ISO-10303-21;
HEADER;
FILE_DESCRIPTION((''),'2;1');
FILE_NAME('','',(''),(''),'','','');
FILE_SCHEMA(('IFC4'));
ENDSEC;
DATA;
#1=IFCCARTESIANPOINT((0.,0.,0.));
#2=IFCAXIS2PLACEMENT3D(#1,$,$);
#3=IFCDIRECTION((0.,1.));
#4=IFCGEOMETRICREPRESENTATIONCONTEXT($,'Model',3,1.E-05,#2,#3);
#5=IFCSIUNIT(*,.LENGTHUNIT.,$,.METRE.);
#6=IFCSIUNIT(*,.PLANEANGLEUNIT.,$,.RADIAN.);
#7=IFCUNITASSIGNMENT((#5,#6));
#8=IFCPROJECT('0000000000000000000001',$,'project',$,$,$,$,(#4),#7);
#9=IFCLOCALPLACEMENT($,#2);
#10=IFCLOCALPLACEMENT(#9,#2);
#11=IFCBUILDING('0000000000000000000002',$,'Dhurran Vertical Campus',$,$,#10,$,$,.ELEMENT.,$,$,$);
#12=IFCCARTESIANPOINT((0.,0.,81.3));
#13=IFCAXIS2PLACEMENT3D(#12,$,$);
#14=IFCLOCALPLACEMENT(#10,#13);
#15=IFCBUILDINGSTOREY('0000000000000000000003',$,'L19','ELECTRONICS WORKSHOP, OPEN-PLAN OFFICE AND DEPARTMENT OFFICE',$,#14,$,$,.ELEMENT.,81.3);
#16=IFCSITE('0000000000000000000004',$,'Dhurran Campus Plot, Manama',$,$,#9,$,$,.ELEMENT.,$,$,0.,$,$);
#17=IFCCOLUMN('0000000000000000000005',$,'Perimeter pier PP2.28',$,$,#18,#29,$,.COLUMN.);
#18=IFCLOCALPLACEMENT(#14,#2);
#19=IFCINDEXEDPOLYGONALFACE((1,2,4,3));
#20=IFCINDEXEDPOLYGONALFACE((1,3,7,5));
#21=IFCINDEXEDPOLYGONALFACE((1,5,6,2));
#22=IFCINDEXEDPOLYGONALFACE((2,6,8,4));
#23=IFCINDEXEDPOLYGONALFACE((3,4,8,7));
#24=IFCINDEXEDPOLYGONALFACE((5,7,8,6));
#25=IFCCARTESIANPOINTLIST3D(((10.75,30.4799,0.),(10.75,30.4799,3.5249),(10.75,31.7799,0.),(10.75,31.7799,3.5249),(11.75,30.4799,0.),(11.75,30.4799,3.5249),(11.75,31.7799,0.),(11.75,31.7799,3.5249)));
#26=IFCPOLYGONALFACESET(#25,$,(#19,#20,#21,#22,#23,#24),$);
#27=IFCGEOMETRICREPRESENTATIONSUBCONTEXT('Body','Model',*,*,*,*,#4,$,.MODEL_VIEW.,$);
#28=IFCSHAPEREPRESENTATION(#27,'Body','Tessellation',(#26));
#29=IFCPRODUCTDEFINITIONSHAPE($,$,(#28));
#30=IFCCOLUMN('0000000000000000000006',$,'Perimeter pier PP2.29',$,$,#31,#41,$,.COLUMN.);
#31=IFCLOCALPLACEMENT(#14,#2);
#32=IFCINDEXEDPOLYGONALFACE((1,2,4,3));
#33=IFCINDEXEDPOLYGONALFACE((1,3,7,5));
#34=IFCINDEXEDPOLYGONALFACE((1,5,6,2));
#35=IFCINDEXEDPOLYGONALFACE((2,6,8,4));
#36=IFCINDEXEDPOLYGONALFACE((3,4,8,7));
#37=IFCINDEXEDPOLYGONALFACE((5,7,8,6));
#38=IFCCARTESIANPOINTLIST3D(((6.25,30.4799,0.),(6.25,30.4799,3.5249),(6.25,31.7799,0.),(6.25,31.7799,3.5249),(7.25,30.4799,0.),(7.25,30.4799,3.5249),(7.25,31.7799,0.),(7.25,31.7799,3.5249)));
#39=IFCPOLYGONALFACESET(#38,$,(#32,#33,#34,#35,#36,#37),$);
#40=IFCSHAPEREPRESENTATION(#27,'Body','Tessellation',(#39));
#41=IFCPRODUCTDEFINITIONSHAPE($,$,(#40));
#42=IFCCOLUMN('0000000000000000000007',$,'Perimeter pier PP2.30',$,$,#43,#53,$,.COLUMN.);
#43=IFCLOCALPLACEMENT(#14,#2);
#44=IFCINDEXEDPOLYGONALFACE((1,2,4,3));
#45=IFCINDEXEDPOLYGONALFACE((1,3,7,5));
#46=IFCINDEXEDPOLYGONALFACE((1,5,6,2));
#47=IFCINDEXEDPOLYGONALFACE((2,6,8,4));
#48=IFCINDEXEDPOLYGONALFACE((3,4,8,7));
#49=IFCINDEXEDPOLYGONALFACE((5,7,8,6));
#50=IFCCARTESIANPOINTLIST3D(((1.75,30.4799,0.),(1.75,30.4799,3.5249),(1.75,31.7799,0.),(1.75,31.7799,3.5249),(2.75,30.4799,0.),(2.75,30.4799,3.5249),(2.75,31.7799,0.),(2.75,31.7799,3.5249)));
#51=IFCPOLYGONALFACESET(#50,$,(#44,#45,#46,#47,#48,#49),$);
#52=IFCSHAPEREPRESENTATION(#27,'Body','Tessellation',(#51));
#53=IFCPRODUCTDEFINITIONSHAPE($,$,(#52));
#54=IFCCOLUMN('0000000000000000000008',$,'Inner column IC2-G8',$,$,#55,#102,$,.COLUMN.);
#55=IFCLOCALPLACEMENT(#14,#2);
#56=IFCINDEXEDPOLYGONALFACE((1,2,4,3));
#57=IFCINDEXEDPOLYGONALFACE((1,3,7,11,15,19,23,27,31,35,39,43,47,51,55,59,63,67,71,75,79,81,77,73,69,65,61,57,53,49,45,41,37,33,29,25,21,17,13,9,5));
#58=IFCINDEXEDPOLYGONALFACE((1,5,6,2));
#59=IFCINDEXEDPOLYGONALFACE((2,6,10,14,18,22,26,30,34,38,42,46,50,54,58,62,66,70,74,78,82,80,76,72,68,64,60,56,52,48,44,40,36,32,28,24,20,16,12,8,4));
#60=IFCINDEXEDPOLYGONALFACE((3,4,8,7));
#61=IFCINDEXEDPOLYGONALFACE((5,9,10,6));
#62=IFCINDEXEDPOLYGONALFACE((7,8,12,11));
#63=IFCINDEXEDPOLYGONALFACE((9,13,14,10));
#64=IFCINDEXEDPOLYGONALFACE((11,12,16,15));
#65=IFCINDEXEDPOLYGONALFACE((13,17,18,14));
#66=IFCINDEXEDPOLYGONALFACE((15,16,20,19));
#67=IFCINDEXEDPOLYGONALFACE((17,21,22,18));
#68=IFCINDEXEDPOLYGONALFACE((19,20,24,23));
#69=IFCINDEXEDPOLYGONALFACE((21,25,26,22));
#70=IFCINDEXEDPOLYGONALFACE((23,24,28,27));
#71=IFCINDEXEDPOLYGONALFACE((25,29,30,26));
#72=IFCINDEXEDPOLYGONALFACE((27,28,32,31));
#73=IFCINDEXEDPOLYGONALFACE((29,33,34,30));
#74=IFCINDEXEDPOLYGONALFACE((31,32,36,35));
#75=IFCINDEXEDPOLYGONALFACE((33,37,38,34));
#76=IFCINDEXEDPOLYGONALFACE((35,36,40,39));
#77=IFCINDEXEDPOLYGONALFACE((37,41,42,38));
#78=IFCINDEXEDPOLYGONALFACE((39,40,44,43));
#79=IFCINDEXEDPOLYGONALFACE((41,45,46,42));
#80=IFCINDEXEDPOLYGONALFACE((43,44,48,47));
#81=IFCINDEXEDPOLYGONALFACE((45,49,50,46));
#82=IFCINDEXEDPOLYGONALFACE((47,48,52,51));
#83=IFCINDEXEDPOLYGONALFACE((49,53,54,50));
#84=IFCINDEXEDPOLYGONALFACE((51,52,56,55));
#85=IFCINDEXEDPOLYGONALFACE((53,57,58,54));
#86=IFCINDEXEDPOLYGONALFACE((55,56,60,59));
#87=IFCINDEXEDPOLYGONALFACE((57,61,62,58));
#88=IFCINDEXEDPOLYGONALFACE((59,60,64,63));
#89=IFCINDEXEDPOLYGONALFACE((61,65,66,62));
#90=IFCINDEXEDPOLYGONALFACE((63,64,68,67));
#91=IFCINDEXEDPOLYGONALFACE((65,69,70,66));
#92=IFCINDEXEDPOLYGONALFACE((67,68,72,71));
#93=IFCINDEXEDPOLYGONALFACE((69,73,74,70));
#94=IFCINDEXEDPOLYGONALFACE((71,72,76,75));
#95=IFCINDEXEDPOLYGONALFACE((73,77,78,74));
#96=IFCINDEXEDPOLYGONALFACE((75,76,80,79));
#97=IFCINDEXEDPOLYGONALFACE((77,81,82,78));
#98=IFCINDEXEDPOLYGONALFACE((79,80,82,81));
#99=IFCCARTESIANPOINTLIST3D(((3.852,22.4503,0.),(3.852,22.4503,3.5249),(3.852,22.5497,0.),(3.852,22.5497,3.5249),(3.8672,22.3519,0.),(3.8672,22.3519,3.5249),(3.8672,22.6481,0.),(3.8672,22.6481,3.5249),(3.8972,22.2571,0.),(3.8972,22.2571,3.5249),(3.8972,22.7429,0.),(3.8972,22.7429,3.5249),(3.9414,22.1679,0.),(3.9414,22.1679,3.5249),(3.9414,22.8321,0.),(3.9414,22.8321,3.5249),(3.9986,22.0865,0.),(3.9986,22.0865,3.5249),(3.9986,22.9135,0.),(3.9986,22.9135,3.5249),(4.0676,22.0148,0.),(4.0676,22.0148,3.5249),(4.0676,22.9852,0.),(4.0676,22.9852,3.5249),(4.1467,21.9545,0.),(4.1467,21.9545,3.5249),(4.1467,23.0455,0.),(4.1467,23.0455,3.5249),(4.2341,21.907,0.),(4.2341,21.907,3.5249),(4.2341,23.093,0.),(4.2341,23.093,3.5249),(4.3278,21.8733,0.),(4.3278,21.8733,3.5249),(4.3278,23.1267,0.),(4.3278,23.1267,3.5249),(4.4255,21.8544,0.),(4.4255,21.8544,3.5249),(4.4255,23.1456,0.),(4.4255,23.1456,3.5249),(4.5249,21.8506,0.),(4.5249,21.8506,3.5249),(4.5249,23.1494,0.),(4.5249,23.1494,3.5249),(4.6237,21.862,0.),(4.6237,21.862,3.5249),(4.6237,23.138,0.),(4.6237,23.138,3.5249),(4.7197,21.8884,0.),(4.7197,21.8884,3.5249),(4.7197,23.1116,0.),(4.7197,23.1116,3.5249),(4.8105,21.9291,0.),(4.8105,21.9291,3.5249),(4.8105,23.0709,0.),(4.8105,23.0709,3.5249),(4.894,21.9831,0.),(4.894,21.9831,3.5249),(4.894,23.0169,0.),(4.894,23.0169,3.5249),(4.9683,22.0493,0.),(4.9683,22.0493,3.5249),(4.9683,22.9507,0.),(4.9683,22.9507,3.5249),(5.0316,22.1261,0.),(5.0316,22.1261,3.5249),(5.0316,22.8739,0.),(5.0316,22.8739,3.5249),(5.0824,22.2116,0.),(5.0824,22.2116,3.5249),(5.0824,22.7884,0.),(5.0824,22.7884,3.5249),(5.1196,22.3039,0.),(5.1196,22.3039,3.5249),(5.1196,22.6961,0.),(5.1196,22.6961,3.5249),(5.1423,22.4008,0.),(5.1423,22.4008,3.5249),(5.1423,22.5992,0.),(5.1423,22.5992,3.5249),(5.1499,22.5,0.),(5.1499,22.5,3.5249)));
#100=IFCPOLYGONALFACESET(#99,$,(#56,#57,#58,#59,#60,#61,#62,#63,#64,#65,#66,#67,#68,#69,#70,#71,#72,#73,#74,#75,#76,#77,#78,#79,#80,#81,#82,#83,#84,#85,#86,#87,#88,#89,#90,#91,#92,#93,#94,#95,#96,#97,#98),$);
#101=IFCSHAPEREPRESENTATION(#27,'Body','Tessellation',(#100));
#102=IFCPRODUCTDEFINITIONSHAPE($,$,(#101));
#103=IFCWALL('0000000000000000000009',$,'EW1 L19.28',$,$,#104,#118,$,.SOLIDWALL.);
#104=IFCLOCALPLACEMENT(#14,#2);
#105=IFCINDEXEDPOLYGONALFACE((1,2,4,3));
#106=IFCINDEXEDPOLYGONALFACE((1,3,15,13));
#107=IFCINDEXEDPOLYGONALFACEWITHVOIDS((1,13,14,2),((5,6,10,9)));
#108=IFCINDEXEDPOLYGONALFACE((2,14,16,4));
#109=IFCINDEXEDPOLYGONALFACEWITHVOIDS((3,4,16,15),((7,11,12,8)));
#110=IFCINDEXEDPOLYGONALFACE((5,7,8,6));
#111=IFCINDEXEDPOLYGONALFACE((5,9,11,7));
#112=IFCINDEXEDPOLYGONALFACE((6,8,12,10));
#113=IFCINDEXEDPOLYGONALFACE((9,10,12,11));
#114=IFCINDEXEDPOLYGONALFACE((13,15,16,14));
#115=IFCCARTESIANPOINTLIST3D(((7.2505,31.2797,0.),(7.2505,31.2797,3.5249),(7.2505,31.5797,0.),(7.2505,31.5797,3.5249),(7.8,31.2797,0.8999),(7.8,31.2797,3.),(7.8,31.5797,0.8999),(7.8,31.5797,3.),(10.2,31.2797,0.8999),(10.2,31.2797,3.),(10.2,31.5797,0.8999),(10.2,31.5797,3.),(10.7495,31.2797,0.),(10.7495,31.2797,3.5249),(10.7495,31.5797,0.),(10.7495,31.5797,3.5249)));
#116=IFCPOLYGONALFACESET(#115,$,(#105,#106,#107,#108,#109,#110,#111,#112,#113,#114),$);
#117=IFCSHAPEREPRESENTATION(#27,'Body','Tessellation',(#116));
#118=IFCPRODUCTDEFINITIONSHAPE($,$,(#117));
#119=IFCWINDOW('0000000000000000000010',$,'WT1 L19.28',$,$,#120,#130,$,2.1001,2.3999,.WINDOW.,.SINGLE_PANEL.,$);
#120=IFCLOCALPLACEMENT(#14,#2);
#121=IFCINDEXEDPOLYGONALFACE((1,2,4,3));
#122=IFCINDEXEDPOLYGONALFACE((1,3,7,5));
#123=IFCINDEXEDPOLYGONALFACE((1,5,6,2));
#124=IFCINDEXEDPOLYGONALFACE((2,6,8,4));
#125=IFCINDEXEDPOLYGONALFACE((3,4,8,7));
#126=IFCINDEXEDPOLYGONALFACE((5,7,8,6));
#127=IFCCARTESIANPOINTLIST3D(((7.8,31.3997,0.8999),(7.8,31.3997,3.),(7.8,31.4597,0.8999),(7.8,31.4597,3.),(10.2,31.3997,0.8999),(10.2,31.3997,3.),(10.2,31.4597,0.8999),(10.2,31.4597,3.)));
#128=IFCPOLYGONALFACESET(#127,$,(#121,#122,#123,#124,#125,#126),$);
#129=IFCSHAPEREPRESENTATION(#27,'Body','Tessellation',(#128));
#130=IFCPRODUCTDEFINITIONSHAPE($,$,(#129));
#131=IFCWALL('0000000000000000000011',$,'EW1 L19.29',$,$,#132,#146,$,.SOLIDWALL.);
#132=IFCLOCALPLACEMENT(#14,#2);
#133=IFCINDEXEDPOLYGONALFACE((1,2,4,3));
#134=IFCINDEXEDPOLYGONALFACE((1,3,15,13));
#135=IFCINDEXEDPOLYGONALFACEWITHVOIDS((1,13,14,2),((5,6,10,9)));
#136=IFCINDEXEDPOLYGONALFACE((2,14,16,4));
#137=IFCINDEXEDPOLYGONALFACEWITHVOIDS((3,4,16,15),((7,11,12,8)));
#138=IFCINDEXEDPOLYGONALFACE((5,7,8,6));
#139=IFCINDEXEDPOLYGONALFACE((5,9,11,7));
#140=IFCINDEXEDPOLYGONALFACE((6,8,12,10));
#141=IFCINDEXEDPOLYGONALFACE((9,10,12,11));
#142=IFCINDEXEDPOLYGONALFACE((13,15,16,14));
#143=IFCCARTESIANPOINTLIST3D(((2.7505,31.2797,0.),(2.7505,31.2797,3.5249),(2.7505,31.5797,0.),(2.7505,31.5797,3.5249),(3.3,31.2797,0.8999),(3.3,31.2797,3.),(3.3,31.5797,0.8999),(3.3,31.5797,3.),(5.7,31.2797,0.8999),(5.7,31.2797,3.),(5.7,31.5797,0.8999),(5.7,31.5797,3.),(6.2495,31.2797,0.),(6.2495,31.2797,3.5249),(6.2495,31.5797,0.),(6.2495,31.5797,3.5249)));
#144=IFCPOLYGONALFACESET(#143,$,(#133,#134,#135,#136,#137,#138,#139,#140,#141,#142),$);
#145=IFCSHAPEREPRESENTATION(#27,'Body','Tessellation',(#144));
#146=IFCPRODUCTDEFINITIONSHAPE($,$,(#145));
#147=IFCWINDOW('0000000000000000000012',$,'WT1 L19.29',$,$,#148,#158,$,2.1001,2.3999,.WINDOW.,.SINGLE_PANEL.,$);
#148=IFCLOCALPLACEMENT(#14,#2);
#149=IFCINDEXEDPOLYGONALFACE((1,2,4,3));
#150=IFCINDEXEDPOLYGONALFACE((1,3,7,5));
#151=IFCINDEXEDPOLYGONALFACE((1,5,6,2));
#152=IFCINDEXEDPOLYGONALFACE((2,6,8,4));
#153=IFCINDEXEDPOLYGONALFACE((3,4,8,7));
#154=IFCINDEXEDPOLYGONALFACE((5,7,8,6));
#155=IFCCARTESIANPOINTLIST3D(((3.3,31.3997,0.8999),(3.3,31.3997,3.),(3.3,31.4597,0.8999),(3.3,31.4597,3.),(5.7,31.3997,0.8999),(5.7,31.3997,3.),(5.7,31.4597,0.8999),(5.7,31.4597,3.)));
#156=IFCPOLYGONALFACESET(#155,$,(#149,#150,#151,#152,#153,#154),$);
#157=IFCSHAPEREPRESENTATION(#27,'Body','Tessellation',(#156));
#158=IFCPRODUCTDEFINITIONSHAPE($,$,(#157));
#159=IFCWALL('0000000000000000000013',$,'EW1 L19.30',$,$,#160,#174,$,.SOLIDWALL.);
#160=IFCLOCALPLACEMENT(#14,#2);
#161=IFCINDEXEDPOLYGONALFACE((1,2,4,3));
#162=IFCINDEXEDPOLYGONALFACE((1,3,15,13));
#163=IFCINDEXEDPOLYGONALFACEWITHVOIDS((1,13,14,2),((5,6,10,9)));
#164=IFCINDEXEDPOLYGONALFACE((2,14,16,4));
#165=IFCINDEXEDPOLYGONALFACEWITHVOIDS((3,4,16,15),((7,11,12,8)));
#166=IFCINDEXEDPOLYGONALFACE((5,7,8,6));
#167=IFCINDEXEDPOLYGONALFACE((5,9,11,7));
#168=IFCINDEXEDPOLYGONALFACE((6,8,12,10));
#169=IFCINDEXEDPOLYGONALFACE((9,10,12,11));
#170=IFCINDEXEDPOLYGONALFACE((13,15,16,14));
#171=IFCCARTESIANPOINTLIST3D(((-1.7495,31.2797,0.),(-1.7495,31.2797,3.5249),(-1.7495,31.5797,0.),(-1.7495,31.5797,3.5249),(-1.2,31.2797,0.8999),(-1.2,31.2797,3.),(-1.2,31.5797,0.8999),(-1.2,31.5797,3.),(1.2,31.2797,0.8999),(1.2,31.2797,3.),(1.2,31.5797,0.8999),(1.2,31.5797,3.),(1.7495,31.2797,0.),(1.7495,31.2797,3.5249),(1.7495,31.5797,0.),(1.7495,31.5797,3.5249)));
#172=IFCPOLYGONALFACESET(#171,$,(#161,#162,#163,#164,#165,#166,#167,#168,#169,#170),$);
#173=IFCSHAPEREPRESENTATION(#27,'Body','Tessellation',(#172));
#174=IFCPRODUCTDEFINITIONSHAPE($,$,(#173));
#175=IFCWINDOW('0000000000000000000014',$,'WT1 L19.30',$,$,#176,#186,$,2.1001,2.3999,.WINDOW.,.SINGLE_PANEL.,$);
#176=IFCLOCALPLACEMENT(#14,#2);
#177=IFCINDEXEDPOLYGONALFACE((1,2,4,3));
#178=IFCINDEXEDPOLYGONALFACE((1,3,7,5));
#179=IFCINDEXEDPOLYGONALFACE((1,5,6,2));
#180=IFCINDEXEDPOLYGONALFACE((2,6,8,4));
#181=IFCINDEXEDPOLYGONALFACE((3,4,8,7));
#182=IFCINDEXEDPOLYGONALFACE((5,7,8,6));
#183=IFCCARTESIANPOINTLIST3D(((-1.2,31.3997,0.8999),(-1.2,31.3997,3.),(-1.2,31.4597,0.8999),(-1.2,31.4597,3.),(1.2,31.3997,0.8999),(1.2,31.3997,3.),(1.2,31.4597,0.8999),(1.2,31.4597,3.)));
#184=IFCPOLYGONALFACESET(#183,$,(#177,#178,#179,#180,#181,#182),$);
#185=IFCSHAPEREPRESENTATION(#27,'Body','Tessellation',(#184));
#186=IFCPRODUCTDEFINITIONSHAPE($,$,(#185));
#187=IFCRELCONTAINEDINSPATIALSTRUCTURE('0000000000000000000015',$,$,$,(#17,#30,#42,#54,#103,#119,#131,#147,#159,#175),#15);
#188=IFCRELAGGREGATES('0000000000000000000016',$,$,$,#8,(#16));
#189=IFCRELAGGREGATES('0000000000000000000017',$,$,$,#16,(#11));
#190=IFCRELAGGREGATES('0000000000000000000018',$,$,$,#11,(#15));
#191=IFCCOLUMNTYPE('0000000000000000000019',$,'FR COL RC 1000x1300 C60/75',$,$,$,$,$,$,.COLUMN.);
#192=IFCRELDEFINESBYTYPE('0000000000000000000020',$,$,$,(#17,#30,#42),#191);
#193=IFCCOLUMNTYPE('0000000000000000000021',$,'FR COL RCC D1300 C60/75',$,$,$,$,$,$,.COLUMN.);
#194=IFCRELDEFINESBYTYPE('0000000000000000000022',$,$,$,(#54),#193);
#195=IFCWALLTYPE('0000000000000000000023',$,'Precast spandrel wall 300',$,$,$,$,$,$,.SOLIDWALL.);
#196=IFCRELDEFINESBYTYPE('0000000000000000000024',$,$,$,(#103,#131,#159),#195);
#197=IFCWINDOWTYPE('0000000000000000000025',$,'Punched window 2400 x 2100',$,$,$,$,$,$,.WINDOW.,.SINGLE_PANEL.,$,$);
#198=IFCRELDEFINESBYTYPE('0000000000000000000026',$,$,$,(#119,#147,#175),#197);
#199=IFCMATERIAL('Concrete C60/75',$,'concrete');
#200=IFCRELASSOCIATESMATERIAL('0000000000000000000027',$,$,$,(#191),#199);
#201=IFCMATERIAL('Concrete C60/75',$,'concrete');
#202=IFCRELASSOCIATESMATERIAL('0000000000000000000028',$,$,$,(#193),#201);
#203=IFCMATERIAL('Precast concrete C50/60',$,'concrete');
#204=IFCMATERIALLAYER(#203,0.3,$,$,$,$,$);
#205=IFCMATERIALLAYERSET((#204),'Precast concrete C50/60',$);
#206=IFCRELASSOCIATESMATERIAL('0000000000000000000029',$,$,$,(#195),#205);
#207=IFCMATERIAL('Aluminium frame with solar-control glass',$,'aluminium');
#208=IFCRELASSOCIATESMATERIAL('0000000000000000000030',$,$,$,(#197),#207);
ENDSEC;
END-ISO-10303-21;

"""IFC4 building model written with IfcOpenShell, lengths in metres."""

from ifc_helpers import new_model, si_unit, direction, frame, frame_2d, origin, origin_2d, place, context, subcontext, project, spatial, rectangle, circle, extrude, material, layer, layer_set, material_profile, profile_set, type_object, element, fill, save


model = new_model("IFC4")

# Units and contexts
model_context = context("Model", 3, precision=1e-05, world=origin(), true_north=direction((0.0, 1.0)))
body_context = subcontext(model_context, "Body", "Model", "MODEL_VIEW")
ifc_project = project(units=[si_unit("LENGTHUNIT", "METRE"), si_unit("PLANEANGLEUNIT", "RADIAN")], contexts=[model_context])

# Site, building, storey
site_placement = place(None, origin())
site = spatial("IfcSite", under=ifc_project, at=site_placement, Name="Dhurran Campus Plot, Manama", CompositionType="ELEMENT", RefElevation=0.0)
building_placement = place(site_placement, origin())
building = spatial("IfcBuilding", under=site, at=building_placement, Name="Dhurran Vertical Campus", CompositionType="ELEMENT")
storey_placement = place(building_placement, frame((0.0, 0.0, 81.3)))
storey = spatial("IfcBuildingStorey", under=building, at=storey_placement, Name="L19", Description="ELECTRONICS WORKSHOP, OPEN-PLAN OFFICE AND DEPARTMENT OFFICE", CompositionType="ELEMENT", Elevation=81.3)

# Columns
ifc_material_1 = material(Name="Concrete C60/75", Category="concrete")
ifc_material_profile_1 = material_profile(ifc_material_1, rectangle(XDim=1.0, YDim=1.3, at=origin_2d()), Name="RC 1000x1300")
ifc_profile_set_1 = profile_set([ifc_material_profile_1], Name="Concrete C60/75")
column_type_1 = type_object("IfcColumnType", Name="FR COL RC 1000x1300 C60/75", PredefinedType="COLUMN", material=ifc_profile_set_1)
for number, where, z_axis, x_axis, name in (
    (1, (11.25, 31.1299, 0.0), (0.0, 0.0, 1.0), (-1.0, 0.0, 0.0), "Perimeter pier PP2.28"),
    (2, (6.75, 31.1299, 0.0), (0.0, 0.0, 1.0), (-1.0, 0.0, 0.0), "Perimeter pier PP2.29"),
    (3, (2.25, 31.1299, 0.0), (0.0, 0.0, 1.0), (-1.0, 0.0, 0.0), "Perimeter pier PP2.30"),
):
    element("IfcColumn", number, at=place(storey_placement, frame(where, z_axis=z_axis, x_axis=x_axis)), inside=storey, type_object=column_type_1, Name=name, PredefinedType="COLUMN", context=body_context, shape_type="SweptSolid", body=[
        extrude(rectangle(XDim=1.0, YDim=1.3, at=origin_2d()), origin(), (0.0, 0.0, 1.0), 3.5249),
    ])
ifc_material_2 = material(Name="Concrete C60/75", Category="concrete")
ifc_material_profile_2 = material_profile(ifc_material_2, circle(Radius=0.6499, at=origin_2d()), Name="RCC D1300")
ifc_profile_set_2 = profile_set([ifc_material_profile_2], Name="Concrete C60/75")
column_type_2 = type_object("IfcColumnType", Name="FR COL RCC D1300 C60/75", PredefinedType="COLUMN", material=ifc_profile_set_2)
column_placement = place(storey_placement, frame((4.5, 22.5, 0.0), z_axis=(0.0, 0.0, 1.0), x_axis=(1.0, 0.0, 0.0)))
element("IfcColumn", 4, at=column_placement, inside=storey, type_object=column_type_2, Name="Inner column IC2-G8", PredefinedType="COLUMN", context=body_context, shape_type="SweptSolid", body=[
    extrude(circle(Radius=0.6499, at=origin_2d()), origin(), (0.0, 0.0, 1.0), 3.5249),
])

# Walls, openings, windows
ifc_material_3 = material(Name="Precast concrete C50/60", Category="concrete")
ifc_layer_1 = layer(ifc_material_3, 0.3)
ifc_layer_set_1 = layer_set([ifc_layer_1], Name="Precast concrete C50/60")
wall_type_1 = type_object("IfcWallType", Name="Precast spandrel wall 300", PredefinedType="SOLIDWALL", material=ifc_layer_set_1)
wall_1_placement = place(storey_placement, frame((10.7495, 31.4297, 0.0), z_axis=(0.0, 0.0, 1.0), x_axis=(-1.0, 0.0, 0.0)))
wall_1 = element("IfcWall", 5, at=wall_1_placement, inside=storey, type_object=wall_type_1, Name="EW1 L19.28", PredefinedType="SOLIDWALL", context=body_context, shape_type="SweptSolid", body=[
    extrude(rectangle(XDim=3.499, YDim=0.3, at=frame_2d((1.7495, 0.0))), origin(), (0.0, 0.0, 1.0), 3.5249),
])
opening_1_placement = place(wall_1_placement, frame((0.5496, 0.0, 0.8999)))
opening_1 = element("IfcOpeningElement", 6, at=opening_1_placement, cuts=wall_1, PredefinedType="OPENING", context=body_context, shape_type="SweptSolid", body=[
    extrude(rectangle(XDim=2.3999, YDim=2.1001, at=frame_2d((1.2, 1.05))), frame((0.0, 0.1599, 0.0), z_axis=(0.0, -1.0, 0.0), x_axis=(1.0, 0.0, 0.0)), (0.0, 0.0, 1.0), 0.3201),
])
ifc_material_4 = material(Name="Aluminium frame with solar-control glass", Category="aluminium")
window_type = type_object("IfcWindowType", Name="Punched window 2400 x 2100", PartitioningType="SINGLE_PANEL", PredefinedType="WINDOW", material=ifc_material_4)
window_1_placement = place(opening_1_placement, origin())
window_1 = element("IfcWindow", 7, at=window_1_placement, inside=storey, type_object=window_type, Name="WT1 L19.28", OverallHeight=2.1001, OverallWidth=2.3999, PartitioningType="SINGLE_PANEL", PredefinedType="WINDOW", context=body_context, shape_type="SweptSolid", body=[
    extrude(rectangle(XDim=2.3999, YDim=2.1001, at=frame_2d((1.2, 1.05))), frame((0.0, 0.03, 0.0), z_axis=(0.0, -1.0, 0.0), x_axis=(1.0, 0.0, 0.0)), (0.0, 0.0, 1.0), 0.0601),
])
fill(opening_1, window_1)
wall_2_placement = place(storey_placement, frame((6.2495, 31.4297, 0.0), z_axis=(0.0, 0.0, 1.0), x_axis=(-1.0, 0.0, 0.0)))
wall_2 = element("IfcWall", 8, at=wall_2_placement, inside=storey, type_object=wall_type_1, Name="EW1 L19.29", PredefinedType="SOLIDWALL", context=body_context, shape_type="SweptSolid", body=[
    extrude(rectangle(XDim=3.499, YDim=0.3, at=frame_2d((1.7495, 0.0))), origin(), (0.0, 0.0, 1.0), 3.5249),
])
opening_2_placement = place(wall_2_placement, frame((0.5496, 0.0, 0.8999)))
opening_2 = element("IfcOpeningElement", 9, at=opening_2_placement, cuts=wall_2, PredefinedType="OPENING", context=body_context, shape_type="SweptSolid", body=[
    extrude(rectangle(XDim=2.3999, YDim=2.1001, at=frame_2d((1.2, 1.05))), frame((0.0, 0.1599, 0.0), z_axis=(0.0, -1.0, 0.0), x_axis=(1.0, 0.0, 0.0)), (0.0, 0.0, 1.0), 0.3201),
])
window_2_placement = place(opening_2_placement, origin())
window_2 = element("IfcWindow", 10, at=window_2_placement, inside=storey, type_object=window_type, Name="WT1 L19.29", OverallHeight=2.1001, OverallWidth=2.3999, PartitioningType="SINGLE_PANEL", PredefinedType="WINDOW", context=body_context, shape_type="SweptSolid", body=[
    extrude(rectangle(XDim=2.3999, YDim=2.1001, at=frame_2d((1.2, 1.05))), frame((0.0, 0.03, 0.0), z_axis=(0.0, -1.0, 0.0), x_axis=(1.0, 0.0, 0.0)), (0.0, 0.0, 1.0), 0.0601),
])
fill(opening_2, window_2)
wall_3_placement = place(storey_placement, frame((1.7495, 31.4297, 0.0), z_axis=(0.0, 0.0, 1.0), x_axis=(-1.0, 0.0, 0.0)))
wall_3 = element("IfcWall", 11, at=wall_3_placement, inside=storey, type_object=wall_type_1, Name="EW1 L19.30", PredefinedType="SOLIDWALL", context=body_context, shape_type="SweptSolid", body=[
    extrude(rectangle(XDim=3.499, YDim=0.3, at=frame_2d((1.7495, 0.0))), origin(), (0.0, 0.0, 1.0), 3.5249),
])
opening_3_placement = place(wall_3_placement, frame((0.5496, 0.0, 0.8999)))
opening_3 = element("IfcOpeningElement", 12, at=opening_3_placement, cuts=wall_3, PredefinedType="OPENING", context=body_context, shape_type="SweptSolid", body=[
    extrude(rectangle(XDim=2.3999, YDim=2.1001, at=frame_2d((1.2, 1.05))), frame((0.0, 0.1599, 0.0), z_axis=(0.0, -1.0, 0.0), x_axis=(1.0, 0.0, 0.0)), (0.0, 0.0, 1.0), 0.3201),
])
window_3_placement = place(opening_3_placement, origin())
window_3 = element("IfcWindow", 13, at=window_3_placement, inside=storey, type_object=window_type, Name="WT1 L19.30", OverallHeight=2.1001, OverallWidth=2.3999, PartitioningType="SINGLE_PANEL", PredefinedType="WINDOW", context=body_context, shape_type="SweptSolid", body=[
    extrude(rectangle(XDim=2.3999, YDim=2.1001, at=frame_2d((1.2, 1.05))), frame((0.0, 0.03, 0.0), z_axis=(0.0, -1.0, 0.0), x_axis=(1.0, 0.0, 0.0)), (0.0, 0.0, 1.0), 0.0601),
])
fill(opening_3, window_3)

save(model, "model.ifc")
